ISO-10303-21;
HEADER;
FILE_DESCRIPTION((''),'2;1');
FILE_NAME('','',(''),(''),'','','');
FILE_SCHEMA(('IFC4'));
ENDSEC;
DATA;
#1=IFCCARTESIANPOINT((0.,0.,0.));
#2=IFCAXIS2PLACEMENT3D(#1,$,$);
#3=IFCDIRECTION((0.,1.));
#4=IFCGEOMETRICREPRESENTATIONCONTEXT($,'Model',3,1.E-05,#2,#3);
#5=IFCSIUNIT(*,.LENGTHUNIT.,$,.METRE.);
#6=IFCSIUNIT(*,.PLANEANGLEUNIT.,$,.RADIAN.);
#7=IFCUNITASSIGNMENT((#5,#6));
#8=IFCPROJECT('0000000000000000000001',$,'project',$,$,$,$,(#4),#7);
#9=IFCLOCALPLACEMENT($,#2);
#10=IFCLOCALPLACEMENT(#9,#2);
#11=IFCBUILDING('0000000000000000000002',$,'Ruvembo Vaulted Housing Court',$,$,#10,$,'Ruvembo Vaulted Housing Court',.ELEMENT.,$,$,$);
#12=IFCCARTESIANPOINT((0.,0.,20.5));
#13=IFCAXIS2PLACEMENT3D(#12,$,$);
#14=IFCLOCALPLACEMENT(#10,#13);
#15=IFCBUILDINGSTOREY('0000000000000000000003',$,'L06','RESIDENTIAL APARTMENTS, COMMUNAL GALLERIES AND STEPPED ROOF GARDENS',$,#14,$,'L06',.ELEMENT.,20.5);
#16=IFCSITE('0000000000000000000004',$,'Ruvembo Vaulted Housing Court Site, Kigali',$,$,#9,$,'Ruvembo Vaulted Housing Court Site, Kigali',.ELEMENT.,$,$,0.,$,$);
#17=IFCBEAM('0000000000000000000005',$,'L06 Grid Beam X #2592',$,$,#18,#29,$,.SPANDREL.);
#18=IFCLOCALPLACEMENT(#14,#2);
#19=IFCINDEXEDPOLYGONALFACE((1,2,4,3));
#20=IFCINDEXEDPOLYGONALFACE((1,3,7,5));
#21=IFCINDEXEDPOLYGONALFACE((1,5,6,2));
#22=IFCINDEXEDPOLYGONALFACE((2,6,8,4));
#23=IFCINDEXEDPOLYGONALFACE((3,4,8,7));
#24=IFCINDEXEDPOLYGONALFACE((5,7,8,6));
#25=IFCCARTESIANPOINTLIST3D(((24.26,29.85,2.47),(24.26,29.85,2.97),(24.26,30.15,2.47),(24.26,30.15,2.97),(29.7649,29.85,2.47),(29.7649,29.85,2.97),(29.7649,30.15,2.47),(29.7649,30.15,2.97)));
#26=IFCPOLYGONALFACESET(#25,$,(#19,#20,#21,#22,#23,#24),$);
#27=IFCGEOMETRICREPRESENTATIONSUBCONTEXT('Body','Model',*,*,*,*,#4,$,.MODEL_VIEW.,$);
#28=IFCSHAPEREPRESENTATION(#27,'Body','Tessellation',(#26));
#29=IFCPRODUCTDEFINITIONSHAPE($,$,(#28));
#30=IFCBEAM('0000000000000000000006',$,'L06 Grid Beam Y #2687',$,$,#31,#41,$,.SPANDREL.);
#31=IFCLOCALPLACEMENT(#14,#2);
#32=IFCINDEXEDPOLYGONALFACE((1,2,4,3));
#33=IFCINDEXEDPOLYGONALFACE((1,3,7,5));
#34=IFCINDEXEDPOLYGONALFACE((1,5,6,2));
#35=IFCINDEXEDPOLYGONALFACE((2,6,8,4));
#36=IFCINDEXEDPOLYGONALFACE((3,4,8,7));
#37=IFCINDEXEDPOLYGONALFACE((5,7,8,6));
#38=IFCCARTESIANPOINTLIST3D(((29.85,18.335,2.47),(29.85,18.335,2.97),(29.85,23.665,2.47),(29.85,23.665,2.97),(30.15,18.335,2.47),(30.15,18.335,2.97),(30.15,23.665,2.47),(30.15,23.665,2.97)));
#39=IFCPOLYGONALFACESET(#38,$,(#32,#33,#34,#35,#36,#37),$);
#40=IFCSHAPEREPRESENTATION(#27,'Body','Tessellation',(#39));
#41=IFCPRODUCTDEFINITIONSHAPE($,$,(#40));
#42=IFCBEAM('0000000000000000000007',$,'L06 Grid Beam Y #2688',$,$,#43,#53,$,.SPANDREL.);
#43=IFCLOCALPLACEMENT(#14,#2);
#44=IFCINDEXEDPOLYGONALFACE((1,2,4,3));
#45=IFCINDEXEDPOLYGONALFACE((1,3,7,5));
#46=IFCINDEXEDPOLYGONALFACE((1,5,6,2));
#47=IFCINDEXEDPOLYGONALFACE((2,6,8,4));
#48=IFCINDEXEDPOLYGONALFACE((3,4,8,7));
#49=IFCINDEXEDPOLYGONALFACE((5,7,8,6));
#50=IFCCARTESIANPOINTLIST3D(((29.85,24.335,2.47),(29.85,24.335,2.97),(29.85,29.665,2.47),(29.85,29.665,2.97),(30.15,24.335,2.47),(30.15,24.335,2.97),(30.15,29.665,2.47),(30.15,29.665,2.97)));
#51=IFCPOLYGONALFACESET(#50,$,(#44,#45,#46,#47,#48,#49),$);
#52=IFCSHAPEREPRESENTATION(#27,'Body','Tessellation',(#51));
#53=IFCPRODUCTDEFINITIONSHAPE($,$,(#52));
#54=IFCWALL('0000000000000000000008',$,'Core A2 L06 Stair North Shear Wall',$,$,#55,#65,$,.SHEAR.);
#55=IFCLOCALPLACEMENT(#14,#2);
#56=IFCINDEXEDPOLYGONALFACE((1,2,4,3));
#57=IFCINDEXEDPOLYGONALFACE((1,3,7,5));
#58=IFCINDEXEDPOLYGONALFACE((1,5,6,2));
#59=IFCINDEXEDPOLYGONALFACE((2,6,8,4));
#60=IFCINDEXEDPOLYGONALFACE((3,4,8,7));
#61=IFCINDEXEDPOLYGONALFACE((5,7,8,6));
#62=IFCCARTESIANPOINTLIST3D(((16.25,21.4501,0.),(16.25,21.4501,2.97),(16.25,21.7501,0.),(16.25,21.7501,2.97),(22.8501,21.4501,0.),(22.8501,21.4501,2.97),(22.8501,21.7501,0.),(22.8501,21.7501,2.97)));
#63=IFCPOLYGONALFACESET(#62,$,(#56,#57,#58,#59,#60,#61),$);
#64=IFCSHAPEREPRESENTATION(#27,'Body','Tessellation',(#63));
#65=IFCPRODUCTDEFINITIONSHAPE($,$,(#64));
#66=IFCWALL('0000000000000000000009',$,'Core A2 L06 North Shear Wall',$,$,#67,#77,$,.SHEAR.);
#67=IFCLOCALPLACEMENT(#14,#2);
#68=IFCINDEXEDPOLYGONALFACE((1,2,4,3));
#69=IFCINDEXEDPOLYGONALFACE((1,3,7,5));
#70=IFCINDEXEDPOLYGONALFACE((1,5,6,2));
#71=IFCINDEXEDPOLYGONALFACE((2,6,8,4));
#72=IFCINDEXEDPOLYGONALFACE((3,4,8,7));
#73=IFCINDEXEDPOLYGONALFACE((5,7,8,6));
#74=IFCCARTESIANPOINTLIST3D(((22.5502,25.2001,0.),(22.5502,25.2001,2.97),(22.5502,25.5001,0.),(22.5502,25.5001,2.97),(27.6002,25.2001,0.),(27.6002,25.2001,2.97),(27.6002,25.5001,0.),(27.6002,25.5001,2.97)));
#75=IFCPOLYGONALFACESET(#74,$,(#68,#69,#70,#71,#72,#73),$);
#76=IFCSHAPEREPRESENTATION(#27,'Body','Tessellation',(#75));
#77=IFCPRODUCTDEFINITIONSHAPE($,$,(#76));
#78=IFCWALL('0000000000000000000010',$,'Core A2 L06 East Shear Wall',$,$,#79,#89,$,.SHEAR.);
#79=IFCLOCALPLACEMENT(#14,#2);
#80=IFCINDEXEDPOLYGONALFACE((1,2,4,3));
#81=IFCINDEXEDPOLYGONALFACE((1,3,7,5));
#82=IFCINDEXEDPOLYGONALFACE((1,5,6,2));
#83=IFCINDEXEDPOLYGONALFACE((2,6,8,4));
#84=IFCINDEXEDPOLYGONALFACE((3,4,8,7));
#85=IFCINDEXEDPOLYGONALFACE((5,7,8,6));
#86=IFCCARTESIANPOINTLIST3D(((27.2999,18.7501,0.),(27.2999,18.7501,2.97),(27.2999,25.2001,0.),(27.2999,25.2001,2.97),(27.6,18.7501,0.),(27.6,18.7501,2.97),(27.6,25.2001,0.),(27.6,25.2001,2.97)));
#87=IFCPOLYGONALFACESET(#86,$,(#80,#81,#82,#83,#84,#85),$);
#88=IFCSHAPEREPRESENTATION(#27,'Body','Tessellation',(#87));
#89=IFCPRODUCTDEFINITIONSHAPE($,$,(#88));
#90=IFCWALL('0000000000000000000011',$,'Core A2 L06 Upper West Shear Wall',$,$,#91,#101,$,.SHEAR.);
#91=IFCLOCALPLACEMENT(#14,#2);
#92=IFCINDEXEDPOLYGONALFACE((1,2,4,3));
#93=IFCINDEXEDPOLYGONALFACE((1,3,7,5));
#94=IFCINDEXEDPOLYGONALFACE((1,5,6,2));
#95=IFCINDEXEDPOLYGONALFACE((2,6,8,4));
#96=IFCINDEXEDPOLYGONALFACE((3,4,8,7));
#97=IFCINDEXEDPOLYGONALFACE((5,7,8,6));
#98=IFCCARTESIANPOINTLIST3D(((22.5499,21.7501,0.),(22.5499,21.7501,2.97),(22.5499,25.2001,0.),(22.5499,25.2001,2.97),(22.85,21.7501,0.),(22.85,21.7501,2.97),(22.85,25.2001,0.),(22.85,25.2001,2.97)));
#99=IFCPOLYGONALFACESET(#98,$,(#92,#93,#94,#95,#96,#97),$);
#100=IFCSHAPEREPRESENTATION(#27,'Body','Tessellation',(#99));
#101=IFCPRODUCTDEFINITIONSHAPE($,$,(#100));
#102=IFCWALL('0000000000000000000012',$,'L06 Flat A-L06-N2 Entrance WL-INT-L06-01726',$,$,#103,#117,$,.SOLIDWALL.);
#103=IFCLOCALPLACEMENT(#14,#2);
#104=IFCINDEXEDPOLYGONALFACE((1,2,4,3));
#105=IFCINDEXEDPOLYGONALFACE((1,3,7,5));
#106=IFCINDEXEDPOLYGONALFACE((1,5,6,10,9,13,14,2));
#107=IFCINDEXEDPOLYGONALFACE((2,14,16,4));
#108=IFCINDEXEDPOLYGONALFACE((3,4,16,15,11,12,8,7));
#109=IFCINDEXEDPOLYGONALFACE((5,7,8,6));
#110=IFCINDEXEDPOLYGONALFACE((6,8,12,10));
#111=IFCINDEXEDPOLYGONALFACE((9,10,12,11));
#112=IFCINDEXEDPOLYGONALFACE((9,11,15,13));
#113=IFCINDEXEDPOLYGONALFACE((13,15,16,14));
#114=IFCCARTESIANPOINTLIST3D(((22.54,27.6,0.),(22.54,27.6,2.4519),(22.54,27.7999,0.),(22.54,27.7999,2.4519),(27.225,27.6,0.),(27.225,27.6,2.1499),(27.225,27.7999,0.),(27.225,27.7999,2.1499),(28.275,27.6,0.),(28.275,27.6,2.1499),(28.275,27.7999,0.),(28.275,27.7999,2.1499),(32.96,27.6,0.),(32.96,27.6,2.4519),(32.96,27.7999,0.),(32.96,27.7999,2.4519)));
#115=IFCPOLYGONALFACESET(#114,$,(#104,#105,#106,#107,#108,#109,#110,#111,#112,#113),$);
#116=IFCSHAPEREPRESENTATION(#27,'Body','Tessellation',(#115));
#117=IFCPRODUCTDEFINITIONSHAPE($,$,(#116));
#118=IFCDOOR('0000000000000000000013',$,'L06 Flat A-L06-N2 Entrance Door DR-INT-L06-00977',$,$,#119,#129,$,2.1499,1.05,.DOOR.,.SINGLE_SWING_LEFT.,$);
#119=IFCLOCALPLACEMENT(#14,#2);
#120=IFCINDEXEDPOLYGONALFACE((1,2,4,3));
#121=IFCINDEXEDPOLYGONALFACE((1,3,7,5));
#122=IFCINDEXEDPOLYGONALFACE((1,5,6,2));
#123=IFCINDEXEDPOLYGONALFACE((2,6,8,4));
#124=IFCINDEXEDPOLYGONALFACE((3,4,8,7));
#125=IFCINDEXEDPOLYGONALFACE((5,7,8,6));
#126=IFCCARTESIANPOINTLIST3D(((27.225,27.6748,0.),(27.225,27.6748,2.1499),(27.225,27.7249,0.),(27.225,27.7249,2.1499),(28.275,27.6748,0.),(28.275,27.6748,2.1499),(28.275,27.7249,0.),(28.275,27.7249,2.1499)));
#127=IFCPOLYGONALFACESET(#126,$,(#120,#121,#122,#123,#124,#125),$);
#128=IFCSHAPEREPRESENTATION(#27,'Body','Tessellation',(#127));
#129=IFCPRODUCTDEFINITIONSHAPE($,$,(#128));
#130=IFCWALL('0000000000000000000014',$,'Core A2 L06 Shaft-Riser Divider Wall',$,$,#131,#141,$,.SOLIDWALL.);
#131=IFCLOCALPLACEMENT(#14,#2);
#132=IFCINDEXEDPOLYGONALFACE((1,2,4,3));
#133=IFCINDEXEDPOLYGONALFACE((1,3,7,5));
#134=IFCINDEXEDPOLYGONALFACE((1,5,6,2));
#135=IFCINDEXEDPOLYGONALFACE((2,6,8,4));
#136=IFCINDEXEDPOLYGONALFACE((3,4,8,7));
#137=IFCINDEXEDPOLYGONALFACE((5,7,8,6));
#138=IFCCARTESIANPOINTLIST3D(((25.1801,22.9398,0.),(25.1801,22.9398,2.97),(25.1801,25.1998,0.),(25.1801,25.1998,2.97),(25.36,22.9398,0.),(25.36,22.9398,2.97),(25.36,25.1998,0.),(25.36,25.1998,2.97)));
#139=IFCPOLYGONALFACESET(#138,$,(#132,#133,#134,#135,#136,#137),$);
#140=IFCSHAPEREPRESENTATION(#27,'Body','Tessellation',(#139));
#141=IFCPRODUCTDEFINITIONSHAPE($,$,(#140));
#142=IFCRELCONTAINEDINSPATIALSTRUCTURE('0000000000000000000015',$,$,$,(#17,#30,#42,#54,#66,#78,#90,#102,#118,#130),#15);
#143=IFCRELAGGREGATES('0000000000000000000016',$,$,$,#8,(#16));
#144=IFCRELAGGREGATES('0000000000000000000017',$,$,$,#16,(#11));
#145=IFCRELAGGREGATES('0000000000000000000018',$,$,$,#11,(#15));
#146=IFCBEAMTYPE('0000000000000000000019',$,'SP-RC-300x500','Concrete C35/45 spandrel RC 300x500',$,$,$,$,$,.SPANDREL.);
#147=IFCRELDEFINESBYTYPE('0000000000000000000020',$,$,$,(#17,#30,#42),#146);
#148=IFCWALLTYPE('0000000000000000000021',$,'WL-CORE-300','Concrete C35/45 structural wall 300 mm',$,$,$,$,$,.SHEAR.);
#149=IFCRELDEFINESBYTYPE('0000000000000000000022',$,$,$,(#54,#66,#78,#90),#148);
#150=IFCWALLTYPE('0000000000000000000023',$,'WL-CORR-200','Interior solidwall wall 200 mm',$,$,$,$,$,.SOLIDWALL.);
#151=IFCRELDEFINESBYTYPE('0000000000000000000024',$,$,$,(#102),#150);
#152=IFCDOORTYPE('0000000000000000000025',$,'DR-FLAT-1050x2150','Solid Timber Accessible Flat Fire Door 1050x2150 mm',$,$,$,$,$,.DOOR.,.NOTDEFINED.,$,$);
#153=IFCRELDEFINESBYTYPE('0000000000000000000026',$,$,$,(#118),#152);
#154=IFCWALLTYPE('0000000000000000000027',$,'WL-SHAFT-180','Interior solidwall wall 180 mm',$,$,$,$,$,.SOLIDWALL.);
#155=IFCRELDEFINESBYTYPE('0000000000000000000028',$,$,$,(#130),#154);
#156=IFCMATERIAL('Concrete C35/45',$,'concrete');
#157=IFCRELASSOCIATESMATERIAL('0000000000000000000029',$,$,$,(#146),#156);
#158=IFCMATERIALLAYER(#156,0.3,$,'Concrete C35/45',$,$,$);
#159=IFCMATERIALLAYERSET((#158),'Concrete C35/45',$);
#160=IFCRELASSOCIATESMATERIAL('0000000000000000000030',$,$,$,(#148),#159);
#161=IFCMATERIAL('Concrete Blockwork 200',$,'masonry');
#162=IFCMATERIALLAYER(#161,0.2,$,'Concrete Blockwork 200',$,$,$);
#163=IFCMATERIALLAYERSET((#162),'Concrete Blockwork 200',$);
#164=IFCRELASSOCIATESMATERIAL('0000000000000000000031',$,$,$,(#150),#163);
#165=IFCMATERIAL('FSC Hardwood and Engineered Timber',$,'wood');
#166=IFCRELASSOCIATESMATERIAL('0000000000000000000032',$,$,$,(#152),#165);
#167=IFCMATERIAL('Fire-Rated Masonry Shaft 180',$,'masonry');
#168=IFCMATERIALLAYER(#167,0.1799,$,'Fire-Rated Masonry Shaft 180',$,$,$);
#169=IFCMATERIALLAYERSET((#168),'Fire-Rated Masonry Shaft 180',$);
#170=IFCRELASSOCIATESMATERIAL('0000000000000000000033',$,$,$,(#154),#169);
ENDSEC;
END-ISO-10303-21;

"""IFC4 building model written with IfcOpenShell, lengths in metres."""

from ifc_helpers import new_model, si_unit, direction, frame, frame_2d, origin, origin_2d, place, context, subcontext, project, spatial, rectangle, extrude, material, layer, layer_set, material_profile, profile_set, type_object, element, fill, save


model = new_model("IFC4")

# Units and contexts
model_context = context("Model", 3, precision=1e-05, world=origin(), true_north=direction((0.0, 1.0)))
body_context = subcontext(model_context, "Body", "Model", "MODEL_VIEW")
ifc_project = project(units=[si_unit("LENGTHUNIT", "METRE"), si_unit("PLANEANGLEUNIT", "RADIAN")], contexts=[model_context])

# Site, building, storey
site_placement = place(None, origin())
site = spatial("IfcSite", under=ifc_project, at=site_placement, Name="Ruvembo Vaulted Housing Court Site, Kigali", LongName="Ruvembo Vaulted Housing Court Site, Kigali", CompositionType="ELEMENT", RefElevation=0.0)
building_placement = place(site_placement, origin())
building = spatial("IfcBuilding", under=site, at=building_placement, Name="Ruvembo Vaulted Housing Court", LongName="Ruvembo Vaulted Housing Court", CompositionType="ELEMENT")
storey_placement = place(building_placement, frame((0.0, 0.0, 20.5)))
storey = spatial("IfcBuildingStorey", under=building, at=storey_placement, Name="L06", Description="RESIDENTIAL APARTMENTS, COMMUNAL GALLERIES AND STEPPED ROOF GARDENS", LongName="L06", CompositionType="ELEMENT", Elevation=20.5)

# Shared definitions
ifc_material_1 = material(Name="Concrete C35/45", Category="concrete")

# Beams
ifc_material_profile_1 = material_profile(ifc_material_1, rectangle(XDim=0.3, YDim=0.5, at=origin_2d()), Name="RC 300x500")
ifc_profile_set_1 = profile_set([ifc_material_profile_1], Name="Concrete C35/45")
beam_type_1 = type_object("IfcBeamType", Name="SP-RC-300x500", Description="Concrete C35/45 spandrel RC 300x500", PredefinedType="SPANDREL", material=ifc_profile_set_1)
beam_1_placement = place(storey_placement, frame((24.26, 30.0, 2.72), z_axis=(1.0, 0.0, 0.0), x_axis=(0.0, 1.0, 0.0)))
element("IfcBeam", 1, at=beam_1_placement, inside=storey, type_object=beam_type_1, Name="L06 Grid Beam X #2592", PredefinedType="SPANDREL", context=body_context, shape_type="SweptSolid", body=[
    extrude(rectangle(XDim=0.3, YDim=0.5, at=origin_2d()), origin(), (0.0, 0.0, 1.0), 5.5049),
])
for number, where, z_axis, x_axis, name in (
    (2, (30.0, 18.335, 2.72), (0.0, 1.0, 0.0), (-1.0, 0.0, 0.0), "L06 Grid Beam Y #2687"),
    (3, (30.0, 24.335, 2.72), (0.0, 1.0, 0.0), (-1.0, 0.0, 0.0), "L06 Grid Beam Y #2688"),
):
    element("IfcBeam", number, at=place(storey_placement, frame(where, z_axis=z_axis, x_axis=x_axis)), inside=storey, type_object=beam_type_1, Name=name, PredefinedType="SPANDREL", context=body_context, shape_type="SweptSolid", body=[
        extrude(rectangle(XDim=0.3, YDim=0.5, at=origin_2d()), origin(), (0.0, 0.0, 1.0), 5.3301),
    ])

# Wall
ifc_layer_1 = layer(ifc_material_1, 0.3, Name="Concrete C35/45")
ifc_layer_set_1 = layer_set([ifc_layer_1], Name="Concrete C35/45")
wall_type_1 = type_object("IfcWallType", Name="WL-CORE-300", Description="Concrete C35/45 structural wall 300 mm", PredefinedType="SHEAR", material=ifc_layer_set_1)
wall_1_placement = place(storey_placement, frame((22.8501, 21.6001, 0.0), z_axis=(0.0, 0.0, 1.0), x_axis=(-1.0, 0.0, 0.0)))
element("IfcWall", 4, at=wall_1_placement, inside=storey, type_object=wall_type_1, Name="Core A2 L06 Stair North Shear Wall", PredefinedType="SHEAR", context=body_context, shape_type="SweptSolid", body=[
    extrude(rectangle(XDim=6.6001, YDim=0.3, at=frame_2d((3.3, 0.0))), origin(), (0.0, 0.0, 1.0), 2.97),
])

# Walls
wall_2_placement = place(storey_placement, frame((27.6001, 25.3501, 0.0), z_axis=(0.0, 0.0, 1.0), x_axis=(-1.0, 0.0, 0.0)))
element("IfcWall", 5, at=wall_2_placement, inside=storey, type_object=wall_type_1, Name="Core A2 L06 North Shear Wall", PredefinedType="SHEAR", context=body_context, shape_type="SweptSolid", body=[
    extrude(rectangle(XDim=5.05, YDim=0.3, at=frame_2d((2.5249, 0.0))), origin(), (0.0, 0.0, 1.0), 2.97),
])
wall_3_placement = place(storey_placement, frame((27.45, 18.75, 0.0), z_axis=(0.0, 0.0, 1.0), x_axis=(0.0, 1.0, 0.0)))
element("IfcWall", 6, at=wall_3_placement, inside=storey, type_object=wall_type_1, Name="Core A2 L06 East Shear Wall", PredefinedType="SHEAR", context=body_context, shape_type="SweptSolid", body=[
    extrude(rectangle(XDim=6.45, YDim=0.3, at=frame_2d((3.2251, 0.0))), origin(), (0.0, 0.0, 1.0), 2.97),
])
wall_4_placement = place(storey_placement, frame((22.7, 21.75, 0.0), z_axis=(0.0, 0.0, 1.0), x_axis=(0.0, 1.0, 0.0)))
element("IfcWall", 7, at=wall_4_placement, inside=storey, type_object=wall_type_1, Name="Core A2 L06 Upper West Shear Wall", PredefinedType="SHEAR", context=body_context, shape_type="SweptSolid", body=[
    extrude(rectangle(XDim=3.45, YDim=0.3, at=frame_2d((1.7251, 0.0))), origin(), (0.0, 0.0, 1.0), 2.97),
])

# Wall, opening, door
ifc_material_2 = material(Name="Concrete Blockwork 200", Category="masonry")
ifc_layer_2 = layer(ifc_material_2, 0.2, Name="Concrete Blockwork 200")
ifc_layer_set_2 = layer_set([ifc_layer_2], Name="Concrete Blockwork 200")
wall_type_2 = type_object("IfcWallType", Name="WL-CORR-200", Description="Interior solidwall wall 200 mm", PredefinedType="SOLIDWALL", material=ifc_layer_set_2)
wall_5_placement = place(storey_placement, frame((22.54, 27.7, 0.0), z_axis=(0.0, 0.0, 1.0), x_axis=(1.0, 0.0, 0.0)))
wall_5 = element("IfcWall", 8, at=wall_5_placement, inside=storey, type_object=wall_type_2, Name="L06 Flat A-L06-N2 Entrance WL-INT-L06-01726", PredefinedType="SOLIDWALL", context=body_context, shape_type="SweptSolid", body=[
    extrude(rectangle(XDim=10.4199, YDim=0.2, at=frame_2d((5.21, 0.0))), origin(), (0.0, 0.0, 1.0), 2.4519),
])
opening_1_placement = place(wall_5_placement, frame((4.6851, 0.0, 0.0)))
opening_1 = element("IfcOpeningElement", 9, at=opening_1_placement, cuts=wall_5, PredefinedType="OPENING", context=body_context, shape_type="SweptSolid", body=[
    extrude(rectangle(XDim=1.05, YDim=2.1499, at=frame_2d((0.5249, 1.075))), frame((0.0, 0.1099, 0.0), z_axis=(0.0, -1.0, 0.0), x_axis=(1.0, 0.0, 0.0)), (0.0, 0.0, 1.0), 0.22),
])
ifc_material_3 = material(Name="FSC Hardwood and Engineered Timber", Category="wood")
door_type_1 = type_object("IfcDoorType", Name="DR-FLAT-1050x2150", Description="Solid Timber Accessible Flat Fire Door 1050x2150 mm", OperationType="NOTDEFINED", PredefinedType="DOOR", material=ifc_material_3)
door_1_placement = place(opening_1_placement, origin())
door_1 = element("IfcDoor", 10, at=door_1_placement, inside=storey, type_object=door_type_1, Name="L06 Flat A-L06-N2 Entrance Door DR-INT-L06-00977", OperationType="SINGLE_SWING_LEFT", OverallHeight=2.1499, OverallWidth=1.05, PredefinedType="DOOR", context=body_context, shape_type="SweptSolid", body=[
    extrude(rectangle(XDim=1.05, YDim=2.1499, at=frame_2d((0.5249, 1.075))), frame((0.0, 0.0249, 0.0), z_axis=(0.0, -1.0, 0.0), x_axis=(1.0, 0.0, 0.0)), (0.0, 0.0, 1.0), 0.05),
])
fill(opening_1, door_1)

# Shared definitions
ifc_material_4 = material(Name="Fire-Rated Masonry Shaft 180", Category="masonry")
ifc_layer_3 = layer(ifc_material_4, 0.1799, Name="Fire-Rated Masonry Shaft 180")
ifc_layer_set_3 = layer_set([ifc_layer_3], Name="Fire-Rated Masonry Shaft 180")
wall_type_3 = type_object("IfcWallType", Name="WL-SHAFT-180", Description="Interior solidwall wall 180 mm", PredefinedType="SOLIDWALL", material=ifc_layer_set_3)

# Wall
wall_6_placement = place(storey_placement, frame((25.27, 22.9399, 0.0), z_axis=(0.0, 0.0, 1.0), x_axis=(0.0, 1.0, 0.0)))
element("IfcWall", 11, at=wall_6_placement, inside=storey, type_object=wall_type_3, Name="Core A2 L06 Shaft-Riser Divider Wall", PredefinedType="SOLIDWALL", context=body_context, shape_type="SweptSolid", body=[
    extrude(rectangle(XDim=2.26, YDim=0.1799, at=frame_2d((1.1299, 0.0))), origin(), (0.0, 0.0, 1.0), 2.97),
])

save(model, "model.ifc")
